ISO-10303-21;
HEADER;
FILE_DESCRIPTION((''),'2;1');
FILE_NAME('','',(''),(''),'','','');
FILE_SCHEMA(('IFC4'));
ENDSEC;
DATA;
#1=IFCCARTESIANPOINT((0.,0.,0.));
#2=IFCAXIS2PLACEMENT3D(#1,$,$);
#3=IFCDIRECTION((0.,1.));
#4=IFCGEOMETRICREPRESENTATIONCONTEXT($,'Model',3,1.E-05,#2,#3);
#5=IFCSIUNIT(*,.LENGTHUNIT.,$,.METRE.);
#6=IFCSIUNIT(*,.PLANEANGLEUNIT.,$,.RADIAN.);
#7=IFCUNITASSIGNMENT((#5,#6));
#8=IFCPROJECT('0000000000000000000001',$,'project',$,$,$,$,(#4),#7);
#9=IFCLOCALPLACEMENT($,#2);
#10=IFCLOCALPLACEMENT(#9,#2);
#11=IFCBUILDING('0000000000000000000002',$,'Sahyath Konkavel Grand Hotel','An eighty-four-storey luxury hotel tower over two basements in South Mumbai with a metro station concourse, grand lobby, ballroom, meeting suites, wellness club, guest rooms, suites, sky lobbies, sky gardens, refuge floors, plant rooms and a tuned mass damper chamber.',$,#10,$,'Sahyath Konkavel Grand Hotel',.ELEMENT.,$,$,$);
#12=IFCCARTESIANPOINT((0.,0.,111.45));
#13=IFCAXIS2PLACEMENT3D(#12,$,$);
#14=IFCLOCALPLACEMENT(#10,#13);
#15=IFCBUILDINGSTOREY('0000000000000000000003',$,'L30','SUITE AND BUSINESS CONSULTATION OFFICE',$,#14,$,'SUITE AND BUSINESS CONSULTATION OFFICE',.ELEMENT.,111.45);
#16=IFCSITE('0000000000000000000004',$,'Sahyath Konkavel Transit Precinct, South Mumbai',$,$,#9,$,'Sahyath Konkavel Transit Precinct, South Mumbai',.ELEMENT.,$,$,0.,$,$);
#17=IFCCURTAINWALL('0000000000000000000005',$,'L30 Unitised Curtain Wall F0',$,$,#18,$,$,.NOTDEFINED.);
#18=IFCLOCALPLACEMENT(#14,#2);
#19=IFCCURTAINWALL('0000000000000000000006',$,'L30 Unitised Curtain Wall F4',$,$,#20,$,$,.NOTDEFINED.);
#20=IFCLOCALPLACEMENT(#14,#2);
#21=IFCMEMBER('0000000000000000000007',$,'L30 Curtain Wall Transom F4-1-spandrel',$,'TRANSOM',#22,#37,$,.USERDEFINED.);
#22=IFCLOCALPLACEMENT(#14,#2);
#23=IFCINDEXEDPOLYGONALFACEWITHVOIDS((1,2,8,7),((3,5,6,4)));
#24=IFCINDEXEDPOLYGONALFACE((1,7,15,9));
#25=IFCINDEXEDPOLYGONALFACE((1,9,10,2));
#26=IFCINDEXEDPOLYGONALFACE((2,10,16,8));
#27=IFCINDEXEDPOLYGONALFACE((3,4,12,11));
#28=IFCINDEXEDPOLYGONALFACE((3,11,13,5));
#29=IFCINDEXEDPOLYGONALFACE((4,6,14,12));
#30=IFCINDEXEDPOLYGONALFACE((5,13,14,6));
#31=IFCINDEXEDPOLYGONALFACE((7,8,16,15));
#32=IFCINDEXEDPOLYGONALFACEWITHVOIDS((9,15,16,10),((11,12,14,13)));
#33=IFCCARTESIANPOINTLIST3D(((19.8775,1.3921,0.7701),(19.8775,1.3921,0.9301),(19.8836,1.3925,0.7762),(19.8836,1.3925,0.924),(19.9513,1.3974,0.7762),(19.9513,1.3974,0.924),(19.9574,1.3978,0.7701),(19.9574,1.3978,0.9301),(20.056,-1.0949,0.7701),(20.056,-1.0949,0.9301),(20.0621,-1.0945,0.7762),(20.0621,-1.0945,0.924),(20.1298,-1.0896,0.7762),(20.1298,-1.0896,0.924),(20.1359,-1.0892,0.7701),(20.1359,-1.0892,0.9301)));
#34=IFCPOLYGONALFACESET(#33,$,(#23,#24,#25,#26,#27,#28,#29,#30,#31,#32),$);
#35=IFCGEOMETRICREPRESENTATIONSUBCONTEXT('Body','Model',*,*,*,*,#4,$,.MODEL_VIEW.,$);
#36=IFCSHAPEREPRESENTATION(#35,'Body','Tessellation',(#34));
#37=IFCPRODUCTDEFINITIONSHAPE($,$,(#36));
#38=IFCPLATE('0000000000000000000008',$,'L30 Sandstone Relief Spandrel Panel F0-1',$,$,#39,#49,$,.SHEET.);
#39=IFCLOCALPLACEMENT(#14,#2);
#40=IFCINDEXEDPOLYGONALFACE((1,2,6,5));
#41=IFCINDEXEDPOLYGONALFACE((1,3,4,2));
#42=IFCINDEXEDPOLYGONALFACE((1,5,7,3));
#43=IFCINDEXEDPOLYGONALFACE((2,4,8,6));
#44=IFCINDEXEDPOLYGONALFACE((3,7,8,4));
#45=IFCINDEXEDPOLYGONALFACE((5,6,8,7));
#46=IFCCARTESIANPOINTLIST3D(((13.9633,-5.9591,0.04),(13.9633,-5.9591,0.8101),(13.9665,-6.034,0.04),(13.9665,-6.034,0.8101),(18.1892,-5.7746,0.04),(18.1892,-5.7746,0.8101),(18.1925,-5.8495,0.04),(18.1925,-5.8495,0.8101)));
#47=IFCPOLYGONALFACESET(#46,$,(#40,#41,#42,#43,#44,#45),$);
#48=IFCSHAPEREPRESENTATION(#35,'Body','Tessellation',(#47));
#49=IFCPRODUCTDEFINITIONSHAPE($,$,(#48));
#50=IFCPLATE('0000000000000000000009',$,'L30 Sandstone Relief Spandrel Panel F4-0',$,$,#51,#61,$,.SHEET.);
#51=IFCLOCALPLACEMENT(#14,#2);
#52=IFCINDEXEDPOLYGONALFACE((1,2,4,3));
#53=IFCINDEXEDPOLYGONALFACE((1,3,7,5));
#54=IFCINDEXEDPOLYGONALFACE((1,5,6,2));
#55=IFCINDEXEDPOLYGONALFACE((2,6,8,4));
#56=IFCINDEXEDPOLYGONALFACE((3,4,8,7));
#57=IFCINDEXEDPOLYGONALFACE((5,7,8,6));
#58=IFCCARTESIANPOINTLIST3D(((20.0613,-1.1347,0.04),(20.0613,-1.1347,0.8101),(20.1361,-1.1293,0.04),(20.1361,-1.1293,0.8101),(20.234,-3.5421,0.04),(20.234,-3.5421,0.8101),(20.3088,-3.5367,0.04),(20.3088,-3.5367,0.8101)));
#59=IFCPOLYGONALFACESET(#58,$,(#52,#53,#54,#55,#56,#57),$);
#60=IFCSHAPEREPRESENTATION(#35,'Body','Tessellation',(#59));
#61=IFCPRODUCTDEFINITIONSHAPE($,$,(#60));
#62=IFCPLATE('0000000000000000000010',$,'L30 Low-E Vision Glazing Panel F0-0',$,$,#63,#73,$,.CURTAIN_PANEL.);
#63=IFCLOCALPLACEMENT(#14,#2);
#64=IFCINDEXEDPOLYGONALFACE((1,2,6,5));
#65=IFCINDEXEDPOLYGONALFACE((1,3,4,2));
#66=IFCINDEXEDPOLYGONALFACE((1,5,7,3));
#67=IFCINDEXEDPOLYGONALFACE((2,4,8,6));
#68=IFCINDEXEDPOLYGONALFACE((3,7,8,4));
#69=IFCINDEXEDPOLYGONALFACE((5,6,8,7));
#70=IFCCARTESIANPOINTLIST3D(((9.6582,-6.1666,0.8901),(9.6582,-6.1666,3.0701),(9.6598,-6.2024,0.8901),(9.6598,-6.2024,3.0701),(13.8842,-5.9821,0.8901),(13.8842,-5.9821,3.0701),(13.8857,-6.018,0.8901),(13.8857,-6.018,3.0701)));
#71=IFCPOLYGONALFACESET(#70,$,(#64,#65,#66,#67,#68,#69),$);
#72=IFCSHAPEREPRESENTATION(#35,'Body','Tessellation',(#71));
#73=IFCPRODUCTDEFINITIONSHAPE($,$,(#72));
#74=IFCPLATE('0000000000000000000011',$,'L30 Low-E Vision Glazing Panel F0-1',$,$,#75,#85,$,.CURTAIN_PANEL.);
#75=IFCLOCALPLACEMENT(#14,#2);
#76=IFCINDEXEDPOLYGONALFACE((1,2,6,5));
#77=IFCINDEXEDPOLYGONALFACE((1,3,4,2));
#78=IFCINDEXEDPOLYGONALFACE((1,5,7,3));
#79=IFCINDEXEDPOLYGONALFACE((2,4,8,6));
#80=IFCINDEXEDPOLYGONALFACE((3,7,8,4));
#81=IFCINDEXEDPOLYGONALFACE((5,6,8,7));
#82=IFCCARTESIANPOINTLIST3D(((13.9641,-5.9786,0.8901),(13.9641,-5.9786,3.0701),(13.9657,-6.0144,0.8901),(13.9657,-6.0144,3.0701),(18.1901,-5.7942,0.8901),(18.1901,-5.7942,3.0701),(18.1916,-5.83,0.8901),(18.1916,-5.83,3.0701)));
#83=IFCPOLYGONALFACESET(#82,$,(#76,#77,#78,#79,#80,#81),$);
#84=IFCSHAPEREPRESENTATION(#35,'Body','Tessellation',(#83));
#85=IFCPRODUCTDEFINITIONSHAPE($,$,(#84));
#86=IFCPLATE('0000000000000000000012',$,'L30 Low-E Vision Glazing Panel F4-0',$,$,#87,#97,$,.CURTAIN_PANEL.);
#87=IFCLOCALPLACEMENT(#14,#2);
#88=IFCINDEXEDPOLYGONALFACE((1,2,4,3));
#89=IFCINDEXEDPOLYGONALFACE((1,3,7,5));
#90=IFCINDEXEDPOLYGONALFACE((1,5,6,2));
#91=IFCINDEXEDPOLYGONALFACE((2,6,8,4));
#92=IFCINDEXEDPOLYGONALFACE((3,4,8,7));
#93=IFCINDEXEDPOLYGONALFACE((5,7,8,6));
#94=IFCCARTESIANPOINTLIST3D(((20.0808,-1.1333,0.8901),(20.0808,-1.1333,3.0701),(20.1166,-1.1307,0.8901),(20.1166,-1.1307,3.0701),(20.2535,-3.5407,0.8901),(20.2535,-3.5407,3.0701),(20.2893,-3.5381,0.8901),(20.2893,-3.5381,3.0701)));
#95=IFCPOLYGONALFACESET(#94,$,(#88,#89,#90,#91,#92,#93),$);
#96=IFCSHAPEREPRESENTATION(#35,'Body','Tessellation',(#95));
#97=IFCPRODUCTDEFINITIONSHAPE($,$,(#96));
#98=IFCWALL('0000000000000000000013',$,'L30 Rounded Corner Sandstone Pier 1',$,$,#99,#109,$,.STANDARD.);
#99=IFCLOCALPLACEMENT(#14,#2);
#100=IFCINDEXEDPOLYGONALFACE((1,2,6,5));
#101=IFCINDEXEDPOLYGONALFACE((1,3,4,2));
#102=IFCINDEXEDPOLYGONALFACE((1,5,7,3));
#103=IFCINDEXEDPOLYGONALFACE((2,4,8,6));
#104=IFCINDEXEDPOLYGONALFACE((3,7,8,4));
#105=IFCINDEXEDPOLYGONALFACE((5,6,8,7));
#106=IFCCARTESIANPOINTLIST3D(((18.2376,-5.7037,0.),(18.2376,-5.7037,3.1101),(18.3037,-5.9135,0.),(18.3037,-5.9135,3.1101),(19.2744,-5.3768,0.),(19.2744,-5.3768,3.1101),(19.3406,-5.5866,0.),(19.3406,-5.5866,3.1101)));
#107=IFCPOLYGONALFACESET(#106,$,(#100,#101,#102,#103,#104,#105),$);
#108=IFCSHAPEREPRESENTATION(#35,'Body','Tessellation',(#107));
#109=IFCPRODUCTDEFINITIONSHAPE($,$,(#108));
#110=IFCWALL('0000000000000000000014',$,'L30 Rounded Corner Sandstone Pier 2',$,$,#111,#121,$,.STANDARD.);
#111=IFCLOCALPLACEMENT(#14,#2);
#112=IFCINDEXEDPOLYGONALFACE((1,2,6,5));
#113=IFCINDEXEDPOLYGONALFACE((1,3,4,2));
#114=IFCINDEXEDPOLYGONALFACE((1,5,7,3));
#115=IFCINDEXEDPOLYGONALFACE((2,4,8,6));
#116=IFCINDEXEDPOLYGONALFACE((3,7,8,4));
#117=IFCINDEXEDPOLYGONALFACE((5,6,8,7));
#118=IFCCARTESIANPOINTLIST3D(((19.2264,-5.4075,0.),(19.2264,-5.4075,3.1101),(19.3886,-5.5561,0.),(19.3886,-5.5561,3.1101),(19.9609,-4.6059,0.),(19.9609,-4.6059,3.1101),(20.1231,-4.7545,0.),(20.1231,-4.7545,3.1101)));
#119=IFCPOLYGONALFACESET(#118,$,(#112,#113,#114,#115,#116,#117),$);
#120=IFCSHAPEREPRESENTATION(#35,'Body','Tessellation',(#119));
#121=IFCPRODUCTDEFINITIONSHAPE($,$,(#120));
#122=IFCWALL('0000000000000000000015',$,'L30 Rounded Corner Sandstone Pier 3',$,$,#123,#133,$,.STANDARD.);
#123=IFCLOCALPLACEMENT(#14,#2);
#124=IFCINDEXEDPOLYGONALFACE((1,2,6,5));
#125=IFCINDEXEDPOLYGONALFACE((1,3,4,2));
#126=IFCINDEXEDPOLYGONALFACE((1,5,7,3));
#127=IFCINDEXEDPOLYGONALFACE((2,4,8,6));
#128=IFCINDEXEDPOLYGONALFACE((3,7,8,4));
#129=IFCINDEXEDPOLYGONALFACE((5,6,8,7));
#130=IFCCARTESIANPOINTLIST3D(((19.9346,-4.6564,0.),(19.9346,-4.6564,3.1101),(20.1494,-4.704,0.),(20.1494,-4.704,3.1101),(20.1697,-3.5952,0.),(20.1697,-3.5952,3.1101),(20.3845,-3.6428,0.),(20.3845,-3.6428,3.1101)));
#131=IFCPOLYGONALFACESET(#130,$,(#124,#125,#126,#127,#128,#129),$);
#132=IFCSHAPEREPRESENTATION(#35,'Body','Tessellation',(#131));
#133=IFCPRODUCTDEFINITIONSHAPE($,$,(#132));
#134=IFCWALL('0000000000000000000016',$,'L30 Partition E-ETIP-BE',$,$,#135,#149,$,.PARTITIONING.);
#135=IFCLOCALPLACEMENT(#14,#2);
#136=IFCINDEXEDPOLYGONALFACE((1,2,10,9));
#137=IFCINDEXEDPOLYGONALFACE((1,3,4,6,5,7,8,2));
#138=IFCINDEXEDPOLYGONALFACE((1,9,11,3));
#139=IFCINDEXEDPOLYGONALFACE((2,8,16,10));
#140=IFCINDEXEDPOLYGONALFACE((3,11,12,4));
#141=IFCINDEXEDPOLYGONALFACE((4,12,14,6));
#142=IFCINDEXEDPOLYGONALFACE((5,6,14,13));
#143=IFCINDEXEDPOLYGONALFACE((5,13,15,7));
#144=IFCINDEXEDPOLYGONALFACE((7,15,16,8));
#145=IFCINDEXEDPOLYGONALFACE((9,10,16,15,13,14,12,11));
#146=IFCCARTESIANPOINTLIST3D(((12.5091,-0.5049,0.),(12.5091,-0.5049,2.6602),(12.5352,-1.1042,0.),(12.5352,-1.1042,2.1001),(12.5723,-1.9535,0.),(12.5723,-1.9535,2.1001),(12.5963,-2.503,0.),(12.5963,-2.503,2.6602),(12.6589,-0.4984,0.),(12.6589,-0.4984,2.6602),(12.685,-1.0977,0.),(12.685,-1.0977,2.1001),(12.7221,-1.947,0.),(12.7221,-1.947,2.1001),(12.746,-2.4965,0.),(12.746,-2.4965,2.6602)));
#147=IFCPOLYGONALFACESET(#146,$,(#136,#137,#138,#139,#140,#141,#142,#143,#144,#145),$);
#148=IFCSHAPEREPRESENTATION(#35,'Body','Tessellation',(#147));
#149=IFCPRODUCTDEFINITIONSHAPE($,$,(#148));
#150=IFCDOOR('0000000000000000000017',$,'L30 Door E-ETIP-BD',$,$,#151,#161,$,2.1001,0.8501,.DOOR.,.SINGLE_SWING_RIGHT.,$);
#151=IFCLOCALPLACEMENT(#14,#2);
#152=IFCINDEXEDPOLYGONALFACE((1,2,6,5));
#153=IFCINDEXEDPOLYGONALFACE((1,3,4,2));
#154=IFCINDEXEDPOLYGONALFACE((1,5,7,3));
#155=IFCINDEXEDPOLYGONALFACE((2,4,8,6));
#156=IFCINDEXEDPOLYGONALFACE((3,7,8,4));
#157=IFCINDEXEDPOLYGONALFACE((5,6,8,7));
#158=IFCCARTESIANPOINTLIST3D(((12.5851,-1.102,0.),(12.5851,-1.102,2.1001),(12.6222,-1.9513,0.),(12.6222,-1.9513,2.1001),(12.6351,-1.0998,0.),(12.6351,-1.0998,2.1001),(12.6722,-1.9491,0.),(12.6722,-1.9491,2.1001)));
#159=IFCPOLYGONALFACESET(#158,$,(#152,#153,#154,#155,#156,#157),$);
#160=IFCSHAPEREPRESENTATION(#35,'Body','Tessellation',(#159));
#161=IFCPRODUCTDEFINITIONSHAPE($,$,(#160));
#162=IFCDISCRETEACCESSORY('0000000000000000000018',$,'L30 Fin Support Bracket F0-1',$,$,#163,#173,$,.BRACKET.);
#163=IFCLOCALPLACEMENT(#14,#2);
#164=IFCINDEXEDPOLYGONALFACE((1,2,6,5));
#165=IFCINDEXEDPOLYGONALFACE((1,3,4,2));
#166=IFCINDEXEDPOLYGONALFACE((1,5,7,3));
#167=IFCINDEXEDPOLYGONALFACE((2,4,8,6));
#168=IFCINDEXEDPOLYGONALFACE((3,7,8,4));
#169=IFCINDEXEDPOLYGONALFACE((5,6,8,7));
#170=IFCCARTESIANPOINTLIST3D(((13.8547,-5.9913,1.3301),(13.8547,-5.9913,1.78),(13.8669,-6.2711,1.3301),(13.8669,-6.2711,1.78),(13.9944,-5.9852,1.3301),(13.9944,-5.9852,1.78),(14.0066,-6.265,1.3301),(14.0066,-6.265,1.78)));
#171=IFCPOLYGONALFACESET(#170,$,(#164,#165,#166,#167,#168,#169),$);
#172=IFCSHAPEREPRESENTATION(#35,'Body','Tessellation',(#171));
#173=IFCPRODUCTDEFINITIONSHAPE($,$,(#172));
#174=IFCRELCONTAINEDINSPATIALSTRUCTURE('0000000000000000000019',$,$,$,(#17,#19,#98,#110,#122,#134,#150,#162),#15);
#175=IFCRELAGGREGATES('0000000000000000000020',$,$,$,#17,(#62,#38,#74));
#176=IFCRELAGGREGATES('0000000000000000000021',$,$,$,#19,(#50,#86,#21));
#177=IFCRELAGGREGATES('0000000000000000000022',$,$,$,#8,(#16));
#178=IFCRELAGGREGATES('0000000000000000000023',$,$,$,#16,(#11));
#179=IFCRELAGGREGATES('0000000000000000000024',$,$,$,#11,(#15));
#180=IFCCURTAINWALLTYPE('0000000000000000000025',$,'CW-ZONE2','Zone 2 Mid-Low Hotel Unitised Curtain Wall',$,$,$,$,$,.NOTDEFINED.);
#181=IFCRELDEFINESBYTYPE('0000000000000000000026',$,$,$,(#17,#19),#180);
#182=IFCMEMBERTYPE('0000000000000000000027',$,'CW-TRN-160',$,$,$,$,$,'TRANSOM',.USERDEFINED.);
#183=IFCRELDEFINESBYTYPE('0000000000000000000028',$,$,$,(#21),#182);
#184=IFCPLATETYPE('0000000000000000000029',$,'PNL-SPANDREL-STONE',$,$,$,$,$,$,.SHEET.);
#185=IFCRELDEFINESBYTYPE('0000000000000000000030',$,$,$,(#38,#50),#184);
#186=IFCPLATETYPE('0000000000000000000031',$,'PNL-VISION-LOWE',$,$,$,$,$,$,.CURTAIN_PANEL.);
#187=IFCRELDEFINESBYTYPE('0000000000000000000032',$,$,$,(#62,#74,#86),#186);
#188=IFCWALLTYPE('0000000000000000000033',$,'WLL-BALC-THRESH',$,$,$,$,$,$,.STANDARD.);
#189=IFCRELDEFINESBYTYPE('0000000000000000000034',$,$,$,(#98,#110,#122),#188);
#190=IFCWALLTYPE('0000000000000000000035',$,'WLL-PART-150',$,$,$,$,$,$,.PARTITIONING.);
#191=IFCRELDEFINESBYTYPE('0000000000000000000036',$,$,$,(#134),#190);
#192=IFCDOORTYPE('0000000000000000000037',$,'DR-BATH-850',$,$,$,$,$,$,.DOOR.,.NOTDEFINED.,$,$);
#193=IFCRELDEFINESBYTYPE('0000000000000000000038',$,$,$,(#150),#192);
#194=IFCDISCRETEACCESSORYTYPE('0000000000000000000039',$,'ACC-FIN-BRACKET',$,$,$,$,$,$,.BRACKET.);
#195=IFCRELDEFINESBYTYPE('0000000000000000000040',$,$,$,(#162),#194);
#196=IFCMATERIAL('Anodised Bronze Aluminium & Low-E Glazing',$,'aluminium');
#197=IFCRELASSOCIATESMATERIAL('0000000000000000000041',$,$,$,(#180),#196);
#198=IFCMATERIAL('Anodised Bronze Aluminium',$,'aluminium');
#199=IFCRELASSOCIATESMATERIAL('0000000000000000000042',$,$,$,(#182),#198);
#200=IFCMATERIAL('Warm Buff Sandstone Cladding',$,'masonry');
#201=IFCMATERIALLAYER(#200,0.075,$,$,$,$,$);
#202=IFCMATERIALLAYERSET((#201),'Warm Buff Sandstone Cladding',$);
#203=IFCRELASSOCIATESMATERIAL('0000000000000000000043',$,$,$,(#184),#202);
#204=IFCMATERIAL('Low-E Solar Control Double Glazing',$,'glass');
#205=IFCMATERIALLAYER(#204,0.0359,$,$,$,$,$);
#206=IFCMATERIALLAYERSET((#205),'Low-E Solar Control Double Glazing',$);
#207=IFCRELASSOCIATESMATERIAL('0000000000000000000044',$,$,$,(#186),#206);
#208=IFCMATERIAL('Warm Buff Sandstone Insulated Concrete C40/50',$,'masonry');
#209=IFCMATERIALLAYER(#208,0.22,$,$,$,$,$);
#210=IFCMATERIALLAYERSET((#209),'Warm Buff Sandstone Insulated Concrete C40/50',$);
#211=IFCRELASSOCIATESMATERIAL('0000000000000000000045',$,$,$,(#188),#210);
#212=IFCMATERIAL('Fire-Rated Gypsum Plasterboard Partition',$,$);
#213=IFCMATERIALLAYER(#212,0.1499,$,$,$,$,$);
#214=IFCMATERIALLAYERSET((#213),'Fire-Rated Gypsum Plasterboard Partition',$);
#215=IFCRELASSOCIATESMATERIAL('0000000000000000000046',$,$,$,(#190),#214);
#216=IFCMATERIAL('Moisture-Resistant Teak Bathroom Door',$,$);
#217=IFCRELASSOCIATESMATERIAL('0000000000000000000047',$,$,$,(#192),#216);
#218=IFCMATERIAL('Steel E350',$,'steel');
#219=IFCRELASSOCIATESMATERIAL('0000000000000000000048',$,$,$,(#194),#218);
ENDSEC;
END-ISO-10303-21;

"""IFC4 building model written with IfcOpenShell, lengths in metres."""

from ifc_helpers import new_model, si_unit, direction, frame, frame_2d, origin, origin_2d, place, context, subcontext, project, spatial, rectangle, hollow_rectangle, extrude, source, transform, mapped, material, layer, layer_set, material_profile, profile_set, type_object, element, fill, aggregate, save


model = new_model("IFC4")

# Units and contexts
model_context = context("Model", 3, precision=1e-05, world=origin(), true_north=direction((0.0, 1.0)))
body_context = subcontext(model_context, "Body", "Model", "MODEL_VIEW")
ifc_project = project(units=[si_unit("LENGTHUNIT", "METRE"), si_unit("PLANEANGLEUNIT", "RADIAN")], contexts=[model_context])

# Site, building, storey
site_placement = place(None, origin())
site = spatial("IfcSite", under=ifc_project, at=site_placement, Name="Sahyath Konkavel Transit Precinct, South Mumbai", LongName="Sahyath Konkavel Transit Precinct, South Mumbai", CompositionType="ELEMENT", RefElevation=0.0)
building_placement = place(site_placement, origin())
building = spatial("IfcBuilding", under=site, at=building_placement, Name="Sahyath Konkavel Grand Hotel", Description="An eighty-four-storey luxury hotel tower over two basements in South Mumbai with a metro station concourse, grand lobby, ballroom, meeting suites, wellness club, guest rooms, suites, sky lobbies, sky gardens, refuge floors, plant rooms and a tuned mass damper chamber.", LongName="Sahyath Konkavel Grand Hotel", CompositionType="ELEMENT")
storey_placement = place(building_placement, frame((0.0, 0.0, 111.45)))
storey = spatial("IfcBuildingStorey", under=building, at=storey_placement, Name="L30", Description="SUITE AND BUSINESS CONSULTATION OFFICE", LongName="SUITE AND BUSINESS CONSULTATION OFFICE", CompositionType="ELEMENT", Elevation=111.45)

# Shared definitions
ifc_material_1 = material(Name="Steel E350", Category="steel")

# Curtain walls
ifc_material_2 = material(Name="Anodised Bronze Aluminium & Low-E Glazing", Category="aluminium")
curtain_wall_type = type_object("IfcCurtainWallType", Name="CW-ZONE2", Description="Zone 2 Mid-Low Hotel Unitised Curtain Wall", PredefinedType="NOTDEFINED", material=ifc_material_2)
curtain_wall_1_placement = place(storey_placement, origin())
curtain_wall_1 = element("IfcCurtainWall", 1, at=curtain_wall_1_placement, inside=storey, type_object=curtain_wall_type, Name="L30 Unitised Curtain Wall F0", PredefinedType="NOTDEFINED")
ifc_material_3 = material(Name="Anodised Bronze Aluminium", Category="aluminium")
curtain_wall_2_placement = place(storey_placement, origin())
curtain_wall_2 = element("IfcCurtainWall", 2, at=curtain_wall_2_placement, inside=storey, type_object=curtain_wall_type, Name="L30 Unitised Curtain Wall F4", PredefinedType="NOTDEFINED")

# Member
ifc_material_profile_1 = material_profile(ifc_material_3, hollow_rectangle(XDim=0.0801, YDim=0.1599, WallThickness=0.0061, at=origin_2d()), Name="RHS 160x80x6")
ifc_profile_set_1 = profile_set([ifc_material_profile_1], Name="Anodised Bronze Aluminium")
member_type_1 = type_object("IfcMemberType", Name="CW-TRN-160", ElementType="TRANSOM", PredefinedType="USERDEFINED", material=ifc_profile_set_1)
shared_shape_1 = source(origin(), body_context, "Body", "SweptSolid", [
    extrude(hollow_rectangle(XDim=0.0801, YDim=0.1599, WallThickness=0.0061, at=origin_2d()), origin(), (0.0, 0.0, 1.0), 2.4934),
])
member_1_placement = place(storey_placement, frame((20.0959, -1.092, 0.8501), z_axis=(-0.071574, 0.997435, 0.0), x_axis=(-0.997435, -0.071574, 0.0)))
member_1 = element("IfcMember", 3, at=member_1_placement, type_object=member_type_1, Name="L30 Curtain Wall Transom F4-1-spandrel", ObjectType="TRANSOM", PredefinedType="USERDEFINED", context=body_context, shape_type="MappedRepresentation", body=[
    mapped(shared_shape_1, transform((0.0, 0.0, 0.0), scale=1.0)),
])

# Plates
ifc_material_4 = material(Name="Warm Buff Sandstone Cladding", Category="masonry")
ifc_layer_1 = layer(ifc_material_4, 0.075)
ifc_layer_set_1 = layer_set([ifc_layer_1], Name="Warm Buff Sandstone Cladding")
plate_type_1 = type_object("IfcPlateType", Name="PNL-SPANDREL-STONE", PredefinedType="SHEET", material=ifc_layer_set_1)
shared_shape_2 = source(origin(), body_context, "Body", "SweptSolid", [
    extrude(rectangle(XDim=4.23, YDim=0.075, at=origin_2d()), origin(), (0.0, 0.0, 1.0), 0.77),
])
plate_1_placement = place(storey_placement, frame((16.0779, -5.9043, 0.04), z_axis=(0.0, 0.0, 1.0), x_axis=(0.999049, 0.043602, 0.0)))
plate_1 = element("IfcPlate", 4, at=plate_1_placement, type_object=plate_type_1, Name="L30 Sandstone Relief Spandrel Panel F0-1", PredefinedType="SHEET", context=body_context, shape_type="MappedRepresentation", body=[
    mapped(shared_shape_2, transform((0.0, 0.0, 0.0), scale=1.0)),
])
shared_shape_3 = source(origin(), body_context, "Body", "SweptSolid", [
    extrude(rectangle(XDim=2.4136, YDim=0.075, at=origin_2d()), origin(), (0.0, 0.0, 1.0), 0.77),
])
plate_2_placement = place(storey_placement, frame((20.1851, -2.3357, 0.04), z_axis=(0.0, 0.0, 1.0), x_axis=(-0.071567, 0.997436, 0.0)))
plate_2 = element("IfcPlate", 5, at=plate_2_placement, type_object=plate_type_1, Name="L30 Sandstone Relief Spandrel Panel F4-0", PredefinedType="SHEET", context=body_context, shape_type="MappedRepresentation", body=[
    mapped(shared_shape_3, transform((0.0, 0.0, 0.0), scale=1.0)),
])
ifc_material_5 = material(Name="Low-E Solar Control Double Glazing", Category="glass")
ifc_layer_2 = layer(ifc_material_5, 0.0359)
ifc_layer_set_2 = layer_set([ifc_layer_2], Name="Low-E Solar Control Double Glazing")
plate_type_2 = type_object("IfcPlateType", Name="PNL-VISION-LOWE", PredefinedType="CURTAIN_PANEL", material=ifc_layer_set_2)
shared_shape_4 = source(origin(), body_context, "Body", "SweptSolid", [
    extrude(rectangle(XDim=4.23, YDim=0.0359, at=origin_2d()), origin(), (0.0, 0.0, 1.0), 2.1799),
])
plate_3_placement = place(storey_placement, frame((11.772, -6.0923, 0.8901), z_axis=(0.0, 0.0, 1.0), x_axis=(0.999049, 0.043602, 0.0)))
plate_3 = element("IfcPlate", 6, at=plate_3_placement, type_object=plate_type_2, Name="L30 Low-E Vision Glazing Panel F0-0", PredefinedType="CURTAIN_PANEL", context=body_context, shape_type="MappedRepresentation", body=[
    mapped(shared_shape_4, transform((0.0, 0.0, 0.0), scale=1.0)),
])
plate_4_placement = place(storey_placement, frame((16.0779, -5.9043, 0.8901), z_axis=(0.0, 0.0, 1.0), x_axis=(0.999049, 0.043602, 0.0)))
plate_4 = element("IfcPlate", 7, at=plate_4_placement, type_object=plate_type_2, Name="L30 Low-E Vision Glazing Panel F0-1", PredefinedType="CURTAIN_PANEL", context=body_context, shape_type="MappedRepresentation", body=[
    mapped(shared_shape_4, transform((0.0, 0.0, 0.0), scale=1.0)),
])
aggregate(curtain_wall_1, [plate_3, plate_1, plate_4])
shared_shape_5 = source(origin(), body_context, "Body", "SweptSolid", [
    extrude(rectangle(XDim=2.4136, YDim=0.0359, at=origin_2d()), origin(), (0.0, 0.0, 1.0), 2.1799),
])
plate_5_placement = place(storey_placement, frame((20.1851, -2.3357, 0.8901), z_axis=(0.0, 0.0, 1.0), x_axis=(-0.071567, 0.997436, 0.0)))
plate_5 = element("IfcPlate", 8, at=plate_5_placement, type_object=plate_type_2, Name="L30 Low-E Vision Glazing Panel F4-0", PredefinedType="CURTAIN_PANEL", context=body_context, shape_type="MappedRepresentation", body=[
    mapped(shared_shape_5, transform((0.0, 0.0, 0.0), scale=1.0)),
])
aggregate(curtain_wall_2, [plate_2, plate_5, member_1])

# Walls
ifc_material_6 = material(Name="Warm Buff Sandstone Insulated Concrete C40/50", Category="masonry")
ifc_layer_3 = layer(ifc_material_6, 0.22)
ifc_layer_set_3 = layer_set([ifc_layer_3], Name="Warm Buff Sandstone Insulated Concrete C40/50")
wall_type_1 = type_object("IfcWallType", Name="WLL-BALC-THRESH", PredefinedType="STANDARD", material=ifc_layer_set_3)
for number, where, z_axis, x_axis, name in (
    (9, (18.2708, -5.8086, 0.0), (0.0, 0.0, 1.0), (0.953722, 0.300691, 0.0), "L30 Rounded Corner Sandstone Pier 1"),
    (10, (19.3076, -5.4817, 0.0), (0.0, 0.0, 1.0), (0.675552, 0.737313, 0.0), "L30 Rounded Corner Sandstone Pier 2"),
):
    element("IfcWall", number, at=place(storey_placement, frame(where, z_axis=z_axis, x_axis=x_axis)), inside=storey, type_object=wall_type_1, Name=name, PredefinedType="STANDARD", context=body_context, shape_type="SweptSolid", body=[
        extrude(rectangle(XDim=1.0872, YDim=0.22, at=frame_2d((0.5435, 0.0))), origin(), (0.0, 0.0, 1.0), 3.1101),
    ])
wall_1_placement = place(storey_placement, frame((20.042, -4.6802, 0.0), z_axis=(0.0, 0.0, 1.0), x_axis=(0.216288, 0.97633, 0.0)))
element("IfcWall", 11, at=wall_1_placement, inside=storey, type_object=wall_type_1, Name="L30 Rounded Corner Sandstone Pier 3", PredefinedType="STANDARD", context=body_context, shape_type="SweptSolid", body=[
    extrude(rectangle(XDim=1.0869, YDim=0.22, at=frame_2d((0.5435, 0.0))), origin(), (0.0, 0.0, 1.0), 3.1101),
])

# Wall, opening, door
ifc_material_7 = material(Name="Fire-Rated Gypsum Plasterboard Partition")
ifc_layer_4 = layer(ifc_material_7, 0.1499)
ifc_layer_set_4 = layer_set([ifc_layer_4], Name="Fire-Rated Gypsum Plasterboard Partition")
wall_type_2 = type_object("IfcWallType", Name="WLL-PART-150", PredefinedType="PARTITIONING", material=ifc_layer_set_4)
wall_2_placement = place(storey_placement, frame((12.6711, -2.4998, 0.0), z_axis=(0.0, 0.0, 1.0), x_axis=(-0.04358, 0.99905, 0.0)))
wall_2 = element("IfcWall", 12, at=wall_2_placement, inside=storey, type_object=wall_type_2, Name="L30 Partition E-ETIP-BE", PredefinedType="PARTITIONING", context=body_context, shape_type="SweptSolid", body=[
    extrude(rectangle(XDim=2.0, YDim=0.1499, at=frame_2d((1.0, 0.0))), origin(), (0.0, 0.0, 1.0), 2.6602),
])
opening_placement = place(wall_2_placement, frame((0.55, 0.0, 0.0)))
opening = element("IfcOpeningElement", 13, at=opening_placement, cuts=wall_2, PredefinedType="OPENING", context=body_context, shape_type="SweptSolid", body=[
    extrude(rectangle(XDim=0.8501, YDim=2.1001, at=frame_2d((0.425, 1.05))), frame((0.0, 0.085, 0.0), z_axis=(0.0, -1.0, 0.0), x_axis=(1.0, 0.0, 0.0)), (0.0, 0.0, 1.0), 0.1699),
])
ifc_material_8 = material(Name="Moisture-Resistant Teak Bathroom Door")
door_type = type_object("IfcDoorType", Name="DR-BATH-850", OperationType="NOTDEFINED", PredefinedType="DOOR", material=ifc_material_8)
shared_shape_6 = source(origin(), body_context, "Body", "SweptSolid", [
    extrude(rectangle(XDim=0.8501, YDim=0.05, at=origin_2d()), origin(), (0.0, 0.0, 1.0), 2.1001),
])
door_placement = place(opening_placement, frame((0.425, 0.0, 0.0)))
door = element("IfcDoor", 14, at=door_placement, inside=storey, type_object=door_type, Name="L30 Door E-ETIP-BD", OperationType="SINGLE_SWING_RIGHT", OverallHeight=2.1001, OverallWidth=0.8501, PredefinedType="DOOR", context=body_context, shape_type="MappedRepresentation", body=[
    mapped(shared_shape_6, transform((0.0, 0.0, 0.0), scale=1.0)),
])
fill(opening, door)

# Discrete accessory
discrete_accessory_type = type_object("IfcDiscreteAccessoryType", Name="ACC-FIN-BRACKET", PredefinedType="BRACKET", material=ifc_material_1)
shared_shape_7 = source(origin(), body_context, "Body", "SweptSolid", [
    extrude(rectangle(XDim=0.28, YDim=0.1399, at=origin_2d()), origin(), (0.0, 0.0, 1.0), 0.45),
])
discrete_accessory_placement = place(storey_placement, frame((13.9307, -6.1282, 1.3301), z_axis=(0.0, 0.0, 1.0), x_axis=(0.043602, -0.999049, 0.0)))
element("IfcDiscreteAccessory", 15, at=discrete_accessory_placement, inside=storey, type_object=discrete_accessory_type, Name="L30 Fin Support Bracket F0-1", PredefinedType="BRACKET", context=body_context, shape_type="MappedRepresentation", body=[
    mapped(shared_shape_7, transform((0.0, 0.0, 0.0), scale=1.0)),
])

save(model, "model.ifc")
